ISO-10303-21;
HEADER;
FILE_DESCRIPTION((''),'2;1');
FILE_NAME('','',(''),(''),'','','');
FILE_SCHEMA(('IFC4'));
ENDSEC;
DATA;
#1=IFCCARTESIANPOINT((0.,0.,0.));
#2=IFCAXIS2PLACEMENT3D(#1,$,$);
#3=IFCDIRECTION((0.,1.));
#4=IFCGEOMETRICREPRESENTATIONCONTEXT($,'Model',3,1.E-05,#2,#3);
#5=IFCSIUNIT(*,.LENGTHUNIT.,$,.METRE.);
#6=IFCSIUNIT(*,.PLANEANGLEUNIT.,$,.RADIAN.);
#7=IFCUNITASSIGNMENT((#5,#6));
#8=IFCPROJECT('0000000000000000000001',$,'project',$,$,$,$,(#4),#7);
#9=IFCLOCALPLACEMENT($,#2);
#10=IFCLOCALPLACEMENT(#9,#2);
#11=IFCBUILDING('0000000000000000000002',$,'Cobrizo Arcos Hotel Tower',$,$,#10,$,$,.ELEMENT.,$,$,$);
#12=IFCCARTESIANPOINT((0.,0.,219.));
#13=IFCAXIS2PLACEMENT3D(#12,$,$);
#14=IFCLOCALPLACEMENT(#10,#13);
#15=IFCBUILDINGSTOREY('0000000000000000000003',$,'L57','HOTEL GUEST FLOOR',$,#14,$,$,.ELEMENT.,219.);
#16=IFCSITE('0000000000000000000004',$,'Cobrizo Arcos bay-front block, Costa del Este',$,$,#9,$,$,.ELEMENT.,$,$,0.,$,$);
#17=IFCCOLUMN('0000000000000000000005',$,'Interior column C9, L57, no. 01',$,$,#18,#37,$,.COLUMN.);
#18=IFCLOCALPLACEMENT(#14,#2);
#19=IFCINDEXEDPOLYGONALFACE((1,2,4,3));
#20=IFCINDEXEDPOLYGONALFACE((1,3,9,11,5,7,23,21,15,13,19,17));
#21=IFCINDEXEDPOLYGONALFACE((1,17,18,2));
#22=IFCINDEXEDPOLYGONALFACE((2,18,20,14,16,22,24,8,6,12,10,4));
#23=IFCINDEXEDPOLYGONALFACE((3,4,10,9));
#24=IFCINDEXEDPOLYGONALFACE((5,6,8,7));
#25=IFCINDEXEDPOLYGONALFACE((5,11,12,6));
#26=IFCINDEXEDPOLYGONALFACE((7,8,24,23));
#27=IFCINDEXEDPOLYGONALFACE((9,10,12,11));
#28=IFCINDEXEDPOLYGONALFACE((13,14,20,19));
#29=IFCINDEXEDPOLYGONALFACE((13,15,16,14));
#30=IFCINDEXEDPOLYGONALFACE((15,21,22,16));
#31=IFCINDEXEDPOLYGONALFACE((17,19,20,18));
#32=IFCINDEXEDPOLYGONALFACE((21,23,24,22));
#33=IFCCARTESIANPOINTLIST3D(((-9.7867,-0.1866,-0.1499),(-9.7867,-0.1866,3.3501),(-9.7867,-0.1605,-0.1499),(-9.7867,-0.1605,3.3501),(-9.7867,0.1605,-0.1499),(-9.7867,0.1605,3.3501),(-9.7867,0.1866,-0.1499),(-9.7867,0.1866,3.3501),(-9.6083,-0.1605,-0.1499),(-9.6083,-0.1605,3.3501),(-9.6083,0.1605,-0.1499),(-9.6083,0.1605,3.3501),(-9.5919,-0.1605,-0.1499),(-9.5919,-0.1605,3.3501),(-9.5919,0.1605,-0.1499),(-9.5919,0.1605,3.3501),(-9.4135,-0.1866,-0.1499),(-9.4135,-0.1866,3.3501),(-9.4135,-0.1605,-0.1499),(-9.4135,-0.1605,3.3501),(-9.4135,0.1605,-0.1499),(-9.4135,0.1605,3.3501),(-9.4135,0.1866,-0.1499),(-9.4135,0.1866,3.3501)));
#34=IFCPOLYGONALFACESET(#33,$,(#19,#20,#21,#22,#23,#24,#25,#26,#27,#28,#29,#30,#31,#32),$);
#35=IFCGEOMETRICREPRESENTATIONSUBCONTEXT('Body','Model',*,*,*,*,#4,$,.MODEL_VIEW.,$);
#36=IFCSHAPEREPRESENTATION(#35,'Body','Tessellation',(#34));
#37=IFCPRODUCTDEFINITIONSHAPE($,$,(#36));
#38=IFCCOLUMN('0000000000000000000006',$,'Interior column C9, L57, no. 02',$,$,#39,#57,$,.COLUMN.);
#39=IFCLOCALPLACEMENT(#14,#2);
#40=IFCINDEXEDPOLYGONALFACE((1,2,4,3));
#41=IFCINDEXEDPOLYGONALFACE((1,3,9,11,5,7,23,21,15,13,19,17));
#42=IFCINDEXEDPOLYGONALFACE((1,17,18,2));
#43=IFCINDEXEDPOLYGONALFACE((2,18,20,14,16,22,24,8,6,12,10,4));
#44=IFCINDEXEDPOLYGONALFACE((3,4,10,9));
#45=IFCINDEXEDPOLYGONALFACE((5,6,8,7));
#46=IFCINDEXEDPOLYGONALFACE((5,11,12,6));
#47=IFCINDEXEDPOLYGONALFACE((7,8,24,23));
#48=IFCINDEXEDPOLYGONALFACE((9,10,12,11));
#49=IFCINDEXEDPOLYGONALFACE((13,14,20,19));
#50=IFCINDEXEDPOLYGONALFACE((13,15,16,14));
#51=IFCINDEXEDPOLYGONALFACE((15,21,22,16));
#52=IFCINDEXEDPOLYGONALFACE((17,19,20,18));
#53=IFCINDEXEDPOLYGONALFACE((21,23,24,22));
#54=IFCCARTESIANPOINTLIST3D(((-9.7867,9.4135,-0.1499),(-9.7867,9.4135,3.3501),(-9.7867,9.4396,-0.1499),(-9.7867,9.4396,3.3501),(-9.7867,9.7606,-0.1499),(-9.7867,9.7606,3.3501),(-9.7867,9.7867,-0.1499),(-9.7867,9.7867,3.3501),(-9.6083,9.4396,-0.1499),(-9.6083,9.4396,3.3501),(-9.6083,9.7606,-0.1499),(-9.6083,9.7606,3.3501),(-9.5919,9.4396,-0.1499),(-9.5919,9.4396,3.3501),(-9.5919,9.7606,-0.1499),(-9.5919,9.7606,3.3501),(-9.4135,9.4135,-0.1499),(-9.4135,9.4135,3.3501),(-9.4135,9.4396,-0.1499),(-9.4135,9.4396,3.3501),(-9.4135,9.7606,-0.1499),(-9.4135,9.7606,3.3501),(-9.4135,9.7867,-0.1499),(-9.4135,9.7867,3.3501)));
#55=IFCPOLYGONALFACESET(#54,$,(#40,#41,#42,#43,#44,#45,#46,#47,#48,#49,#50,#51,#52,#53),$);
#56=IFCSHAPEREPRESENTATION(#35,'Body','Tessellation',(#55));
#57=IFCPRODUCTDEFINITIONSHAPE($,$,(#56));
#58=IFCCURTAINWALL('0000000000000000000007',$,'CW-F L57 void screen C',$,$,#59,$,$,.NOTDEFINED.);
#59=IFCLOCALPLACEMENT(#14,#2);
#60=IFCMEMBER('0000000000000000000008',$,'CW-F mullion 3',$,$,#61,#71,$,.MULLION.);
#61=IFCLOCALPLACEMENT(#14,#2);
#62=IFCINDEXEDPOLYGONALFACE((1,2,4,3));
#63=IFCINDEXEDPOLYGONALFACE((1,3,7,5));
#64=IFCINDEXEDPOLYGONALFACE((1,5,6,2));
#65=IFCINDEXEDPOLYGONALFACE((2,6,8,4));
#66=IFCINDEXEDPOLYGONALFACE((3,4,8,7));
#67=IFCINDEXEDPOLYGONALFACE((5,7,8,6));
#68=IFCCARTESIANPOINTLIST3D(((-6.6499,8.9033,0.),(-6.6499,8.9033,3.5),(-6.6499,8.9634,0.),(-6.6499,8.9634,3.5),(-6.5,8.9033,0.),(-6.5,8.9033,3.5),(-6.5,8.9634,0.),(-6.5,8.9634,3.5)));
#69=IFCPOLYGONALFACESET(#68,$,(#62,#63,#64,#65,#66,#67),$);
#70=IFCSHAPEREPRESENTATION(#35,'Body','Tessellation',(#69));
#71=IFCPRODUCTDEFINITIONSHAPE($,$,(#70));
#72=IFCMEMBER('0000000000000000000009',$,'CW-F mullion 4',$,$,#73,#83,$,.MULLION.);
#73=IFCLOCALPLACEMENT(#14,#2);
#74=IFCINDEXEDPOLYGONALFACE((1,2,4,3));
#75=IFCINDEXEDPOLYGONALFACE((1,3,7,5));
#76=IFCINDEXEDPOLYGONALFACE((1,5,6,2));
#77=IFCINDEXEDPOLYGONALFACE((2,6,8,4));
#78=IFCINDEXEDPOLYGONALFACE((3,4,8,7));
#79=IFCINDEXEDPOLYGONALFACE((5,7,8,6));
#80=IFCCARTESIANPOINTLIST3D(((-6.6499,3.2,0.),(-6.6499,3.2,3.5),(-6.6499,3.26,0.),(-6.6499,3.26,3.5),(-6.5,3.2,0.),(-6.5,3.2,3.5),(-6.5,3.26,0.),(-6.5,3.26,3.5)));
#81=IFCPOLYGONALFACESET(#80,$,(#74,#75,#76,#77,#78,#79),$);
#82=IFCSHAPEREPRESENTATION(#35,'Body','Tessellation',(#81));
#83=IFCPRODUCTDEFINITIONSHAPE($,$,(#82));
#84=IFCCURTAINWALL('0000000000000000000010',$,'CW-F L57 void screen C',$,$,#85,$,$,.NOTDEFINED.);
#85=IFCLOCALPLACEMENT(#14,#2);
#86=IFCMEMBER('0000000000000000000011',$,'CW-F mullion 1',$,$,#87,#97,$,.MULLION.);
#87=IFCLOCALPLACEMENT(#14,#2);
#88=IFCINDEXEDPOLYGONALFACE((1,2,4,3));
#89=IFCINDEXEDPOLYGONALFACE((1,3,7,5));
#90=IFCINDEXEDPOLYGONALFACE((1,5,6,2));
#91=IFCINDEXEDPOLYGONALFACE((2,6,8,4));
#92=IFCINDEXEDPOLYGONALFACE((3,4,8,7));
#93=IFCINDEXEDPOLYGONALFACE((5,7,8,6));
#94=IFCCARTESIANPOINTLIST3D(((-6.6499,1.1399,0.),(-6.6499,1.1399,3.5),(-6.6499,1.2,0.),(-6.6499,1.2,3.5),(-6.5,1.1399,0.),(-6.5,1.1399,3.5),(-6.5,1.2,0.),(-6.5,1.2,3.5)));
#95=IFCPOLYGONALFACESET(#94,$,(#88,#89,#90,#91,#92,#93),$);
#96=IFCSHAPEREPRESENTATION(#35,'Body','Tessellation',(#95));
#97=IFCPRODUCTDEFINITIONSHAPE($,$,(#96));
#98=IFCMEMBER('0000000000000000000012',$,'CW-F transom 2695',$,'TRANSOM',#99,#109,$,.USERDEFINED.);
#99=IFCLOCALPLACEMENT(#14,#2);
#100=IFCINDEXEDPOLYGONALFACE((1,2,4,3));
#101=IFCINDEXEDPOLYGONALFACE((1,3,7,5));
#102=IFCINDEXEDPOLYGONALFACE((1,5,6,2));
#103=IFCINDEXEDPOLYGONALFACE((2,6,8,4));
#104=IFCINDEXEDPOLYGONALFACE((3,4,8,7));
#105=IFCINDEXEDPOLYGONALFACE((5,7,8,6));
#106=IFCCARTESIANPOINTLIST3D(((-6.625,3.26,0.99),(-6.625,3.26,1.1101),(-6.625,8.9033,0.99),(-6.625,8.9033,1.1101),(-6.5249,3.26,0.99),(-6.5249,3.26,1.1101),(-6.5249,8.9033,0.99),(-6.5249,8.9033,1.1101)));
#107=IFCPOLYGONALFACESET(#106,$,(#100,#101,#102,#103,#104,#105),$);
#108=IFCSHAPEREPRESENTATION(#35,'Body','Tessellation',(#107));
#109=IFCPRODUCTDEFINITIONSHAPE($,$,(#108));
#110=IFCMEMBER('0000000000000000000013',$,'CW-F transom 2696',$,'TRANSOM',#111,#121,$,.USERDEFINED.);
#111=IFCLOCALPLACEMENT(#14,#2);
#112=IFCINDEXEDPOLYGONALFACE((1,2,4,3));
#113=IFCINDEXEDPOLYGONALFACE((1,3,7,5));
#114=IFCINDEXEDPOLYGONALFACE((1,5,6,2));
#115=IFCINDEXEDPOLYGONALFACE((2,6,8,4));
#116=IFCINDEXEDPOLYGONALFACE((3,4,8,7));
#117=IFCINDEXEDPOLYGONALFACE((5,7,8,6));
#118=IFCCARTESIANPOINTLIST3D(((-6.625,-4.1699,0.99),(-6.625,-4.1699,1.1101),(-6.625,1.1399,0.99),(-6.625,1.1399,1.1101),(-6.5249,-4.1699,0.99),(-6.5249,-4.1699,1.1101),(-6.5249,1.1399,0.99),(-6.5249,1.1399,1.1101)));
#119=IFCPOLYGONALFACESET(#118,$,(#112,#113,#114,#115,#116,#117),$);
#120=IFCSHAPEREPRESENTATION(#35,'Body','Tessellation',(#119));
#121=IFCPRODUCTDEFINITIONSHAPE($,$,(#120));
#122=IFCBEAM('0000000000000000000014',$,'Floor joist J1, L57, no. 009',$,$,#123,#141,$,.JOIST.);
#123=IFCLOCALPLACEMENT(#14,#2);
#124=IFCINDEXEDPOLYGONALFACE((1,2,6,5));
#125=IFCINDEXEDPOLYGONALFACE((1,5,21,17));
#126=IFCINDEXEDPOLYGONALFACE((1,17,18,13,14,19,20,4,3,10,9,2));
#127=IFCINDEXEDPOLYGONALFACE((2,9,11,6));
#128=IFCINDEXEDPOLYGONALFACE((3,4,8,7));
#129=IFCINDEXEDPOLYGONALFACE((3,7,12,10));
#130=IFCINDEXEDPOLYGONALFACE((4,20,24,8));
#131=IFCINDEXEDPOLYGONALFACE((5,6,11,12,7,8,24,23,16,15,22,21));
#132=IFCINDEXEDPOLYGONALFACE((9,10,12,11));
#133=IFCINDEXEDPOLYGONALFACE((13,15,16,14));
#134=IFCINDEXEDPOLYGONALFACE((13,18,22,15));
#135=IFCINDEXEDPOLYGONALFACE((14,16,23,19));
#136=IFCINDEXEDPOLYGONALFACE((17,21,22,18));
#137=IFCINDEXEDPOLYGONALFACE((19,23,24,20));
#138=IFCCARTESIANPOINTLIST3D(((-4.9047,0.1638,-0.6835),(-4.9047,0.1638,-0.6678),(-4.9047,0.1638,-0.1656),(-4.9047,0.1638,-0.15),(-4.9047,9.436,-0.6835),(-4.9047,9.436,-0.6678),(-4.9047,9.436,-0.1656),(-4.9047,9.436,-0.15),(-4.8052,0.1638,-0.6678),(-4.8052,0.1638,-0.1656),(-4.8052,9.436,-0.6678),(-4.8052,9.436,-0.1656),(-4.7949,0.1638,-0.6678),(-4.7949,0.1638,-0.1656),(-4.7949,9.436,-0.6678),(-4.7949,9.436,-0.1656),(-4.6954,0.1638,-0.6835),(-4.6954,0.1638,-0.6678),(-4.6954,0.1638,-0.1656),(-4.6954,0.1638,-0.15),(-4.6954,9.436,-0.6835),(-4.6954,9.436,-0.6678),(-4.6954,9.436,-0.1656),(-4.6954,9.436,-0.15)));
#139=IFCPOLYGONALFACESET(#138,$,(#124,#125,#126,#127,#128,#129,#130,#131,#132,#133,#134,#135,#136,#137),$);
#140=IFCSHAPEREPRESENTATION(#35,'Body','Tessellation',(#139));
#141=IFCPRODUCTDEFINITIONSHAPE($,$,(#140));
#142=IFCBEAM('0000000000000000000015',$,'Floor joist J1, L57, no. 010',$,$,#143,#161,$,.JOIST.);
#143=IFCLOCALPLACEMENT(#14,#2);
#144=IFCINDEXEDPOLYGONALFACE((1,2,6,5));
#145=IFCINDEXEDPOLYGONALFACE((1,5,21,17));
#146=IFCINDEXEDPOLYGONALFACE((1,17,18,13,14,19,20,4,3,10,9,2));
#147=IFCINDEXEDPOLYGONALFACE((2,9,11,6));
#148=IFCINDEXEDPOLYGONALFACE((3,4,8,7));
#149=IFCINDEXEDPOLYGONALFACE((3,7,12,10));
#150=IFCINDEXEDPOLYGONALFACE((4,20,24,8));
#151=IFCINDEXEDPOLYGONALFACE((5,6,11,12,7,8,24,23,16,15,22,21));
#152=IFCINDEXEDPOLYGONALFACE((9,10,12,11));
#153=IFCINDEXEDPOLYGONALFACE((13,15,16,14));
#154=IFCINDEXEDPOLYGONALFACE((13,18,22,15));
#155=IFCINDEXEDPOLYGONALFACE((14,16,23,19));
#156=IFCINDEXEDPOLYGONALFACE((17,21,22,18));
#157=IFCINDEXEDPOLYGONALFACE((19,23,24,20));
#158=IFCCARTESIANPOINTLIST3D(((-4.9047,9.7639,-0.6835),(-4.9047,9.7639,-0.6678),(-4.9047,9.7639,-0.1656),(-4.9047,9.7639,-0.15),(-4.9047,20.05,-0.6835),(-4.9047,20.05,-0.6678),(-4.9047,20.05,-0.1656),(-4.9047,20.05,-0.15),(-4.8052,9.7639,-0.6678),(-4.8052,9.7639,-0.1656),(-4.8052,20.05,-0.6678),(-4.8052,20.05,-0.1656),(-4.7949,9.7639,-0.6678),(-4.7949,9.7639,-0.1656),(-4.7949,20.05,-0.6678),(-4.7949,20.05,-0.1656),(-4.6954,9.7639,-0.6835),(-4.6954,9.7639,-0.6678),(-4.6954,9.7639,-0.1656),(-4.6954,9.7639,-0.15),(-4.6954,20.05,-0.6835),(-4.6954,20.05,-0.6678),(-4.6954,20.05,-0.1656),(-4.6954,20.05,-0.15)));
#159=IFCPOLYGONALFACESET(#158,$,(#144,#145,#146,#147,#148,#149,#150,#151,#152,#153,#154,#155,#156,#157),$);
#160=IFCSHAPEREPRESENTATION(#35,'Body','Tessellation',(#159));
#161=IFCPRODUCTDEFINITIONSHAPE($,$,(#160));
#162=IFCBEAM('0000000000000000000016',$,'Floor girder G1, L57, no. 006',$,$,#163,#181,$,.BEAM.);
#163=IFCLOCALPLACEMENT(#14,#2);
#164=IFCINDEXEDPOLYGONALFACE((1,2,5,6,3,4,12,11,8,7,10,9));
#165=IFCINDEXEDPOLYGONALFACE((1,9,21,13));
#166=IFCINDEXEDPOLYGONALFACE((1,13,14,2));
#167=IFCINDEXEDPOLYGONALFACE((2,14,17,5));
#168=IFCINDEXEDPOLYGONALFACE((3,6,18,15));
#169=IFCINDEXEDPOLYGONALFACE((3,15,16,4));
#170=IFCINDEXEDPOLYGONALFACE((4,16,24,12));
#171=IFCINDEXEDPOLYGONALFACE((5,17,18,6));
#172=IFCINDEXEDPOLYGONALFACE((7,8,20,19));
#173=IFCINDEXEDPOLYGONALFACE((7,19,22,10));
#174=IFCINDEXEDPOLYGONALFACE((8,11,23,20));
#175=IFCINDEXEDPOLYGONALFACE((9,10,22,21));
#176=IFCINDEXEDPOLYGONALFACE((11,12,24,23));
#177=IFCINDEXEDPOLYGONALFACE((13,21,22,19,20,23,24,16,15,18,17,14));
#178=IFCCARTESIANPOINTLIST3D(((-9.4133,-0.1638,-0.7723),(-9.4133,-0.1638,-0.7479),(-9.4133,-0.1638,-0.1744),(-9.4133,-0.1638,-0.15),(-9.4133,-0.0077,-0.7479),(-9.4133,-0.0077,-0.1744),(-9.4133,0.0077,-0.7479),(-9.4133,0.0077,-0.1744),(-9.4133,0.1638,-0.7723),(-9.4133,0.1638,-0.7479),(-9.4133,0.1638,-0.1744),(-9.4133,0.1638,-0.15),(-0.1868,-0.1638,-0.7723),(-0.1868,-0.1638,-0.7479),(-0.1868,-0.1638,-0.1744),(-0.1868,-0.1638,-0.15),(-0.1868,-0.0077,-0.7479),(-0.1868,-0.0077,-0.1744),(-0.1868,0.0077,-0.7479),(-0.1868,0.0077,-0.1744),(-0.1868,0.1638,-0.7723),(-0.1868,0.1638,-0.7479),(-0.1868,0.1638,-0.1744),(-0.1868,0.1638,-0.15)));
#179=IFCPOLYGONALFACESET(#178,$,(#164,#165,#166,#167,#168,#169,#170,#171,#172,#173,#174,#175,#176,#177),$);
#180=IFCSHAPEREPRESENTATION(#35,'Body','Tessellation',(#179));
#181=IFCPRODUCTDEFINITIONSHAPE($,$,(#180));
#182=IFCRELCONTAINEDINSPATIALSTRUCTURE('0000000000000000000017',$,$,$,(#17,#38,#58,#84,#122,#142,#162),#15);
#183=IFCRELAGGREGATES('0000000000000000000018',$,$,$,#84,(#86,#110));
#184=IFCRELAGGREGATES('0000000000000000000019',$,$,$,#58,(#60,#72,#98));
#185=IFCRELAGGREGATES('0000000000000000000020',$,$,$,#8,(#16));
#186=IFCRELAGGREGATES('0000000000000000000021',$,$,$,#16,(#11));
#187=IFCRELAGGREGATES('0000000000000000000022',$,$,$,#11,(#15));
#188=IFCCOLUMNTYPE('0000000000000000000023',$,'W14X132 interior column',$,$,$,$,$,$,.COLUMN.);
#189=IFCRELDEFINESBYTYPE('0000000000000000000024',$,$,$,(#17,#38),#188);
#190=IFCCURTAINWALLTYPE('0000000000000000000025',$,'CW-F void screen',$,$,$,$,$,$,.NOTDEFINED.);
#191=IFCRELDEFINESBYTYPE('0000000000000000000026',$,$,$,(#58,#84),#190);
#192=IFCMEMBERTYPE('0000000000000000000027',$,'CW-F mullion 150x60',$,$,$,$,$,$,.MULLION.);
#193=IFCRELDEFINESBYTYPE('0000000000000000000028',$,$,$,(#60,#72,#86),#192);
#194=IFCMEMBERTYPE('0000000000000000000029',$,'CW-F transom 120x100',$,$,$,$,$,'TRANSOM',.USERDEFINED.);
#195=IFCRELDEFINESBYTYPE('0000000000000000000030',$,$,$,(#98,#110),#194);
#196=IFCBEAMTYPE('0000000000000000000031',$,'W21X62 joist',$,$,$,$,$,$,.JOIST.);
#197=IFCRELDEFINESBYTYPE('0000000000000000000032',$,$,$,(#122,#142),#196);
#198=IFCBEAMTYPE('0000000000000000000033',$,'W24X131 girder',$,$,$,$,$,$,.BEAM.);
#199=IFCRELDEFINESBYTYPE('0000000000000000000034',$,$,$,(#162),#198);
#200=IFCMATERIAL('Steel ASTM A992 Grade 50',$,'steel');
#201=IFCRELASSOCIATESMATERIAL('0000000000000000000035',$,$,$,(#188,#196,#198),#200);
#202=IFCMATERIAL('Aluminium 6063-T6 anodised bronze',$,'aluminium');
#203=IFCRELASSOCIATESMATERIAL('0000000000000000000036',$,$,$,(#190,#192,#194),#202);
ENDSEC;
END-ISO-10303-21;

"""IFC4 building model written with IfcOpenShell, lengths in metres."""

from ifc_helpers import new_model, si_unit, direction, frame, origin, origin_2d, place, context, subcontext, project, spatial, rectangle, i_section, extrude, material, material_profile, profile_set, type_object, element, aggregate, save


model = new_model("IFC4")

# Units and contexts
model_context = context("Model", 3, precision=1e-05, world=origin(), true_north=direction((0.0, 1.0)))
body_context = subcontext(model_context, "Body", "Model", "MODEL_VIEW")
ifc_project = project(units=[si_unit("LENGTHUNIT", "METRE"), si_unit("PLANEANGLEUNIT", "RADIAN")], contexts=[model_context])

# Site, building, storey
site_placement = place(None, origin())
site = spatial("IfcSite", under=ifc_project, at=site_placement, Name="Cobrizo Arcos bay-front block, Costa del Este", CompositionType="ELEMENT", RefElevation=0.0)
building_placement = place(site_placement, origin())
building = spatial("IfcBuilding", under=site, at=building_placement, Name="Cobrizo Arcos Hotel Tower", CompositionType="ELEMENT")
storey_placement = place(building_placement, frame((0.0, 0.0, 219.0)))
storey = spatial("IfcBuildingStorey", under=building, at=storey_placement, Name="L57", Description="HOTEL GUEST FLOOR", CompositionType="ELEMENT", Elevation=219.0)

# Columns
ifc_material_1 = material(Name="Steel ASTM A992 Grade 50", Category="steel")
ifc_material_profile_1 = material_profile(ifc_material_1, i_section(OverallWidth=0.3733, OverallDepth=0.3733, WebThickness=0.0164, FlangeThickness=0.0261, at=origin_2d()), Name="W14X132")
ifc_profile_set_1 = profile_set([ifc_material_profile_1], Name="Steel ASTM A992 Grade 50")
column_type = type_object("IfcColumnType", Name="W14X132 interior column", PredefinedType="COLUMN", material=ifc_profile_set_1)
for number, where, z_axis, x_axis, name in (
    (1, (-9.6001, 0.0, -0.1499), (0.0, 0.0, 1.0), (1.0, 0.0, 0.0), "Interior column C9, L57, no. 01"),
    (2, (-9.6001, 9.6001, -0.1499), (0.0, 0.0, 1.0), (1.0, 0.0, 0.0), "Interior column C9, L57, no. 02"),
):
    element("IfcColumn", number, at=place(storey_placement, frame(where, z_axis=z_axis, x_axis=x_axis)), inside=storey, type_object=column_type, Name=name, PredefinedType="COLUMN", context=body_context, shape_type="SweptSolid", body=[
        extrude(i_section(OverallWidth=0.3733, OverallDepth=0.3733, WebThickness=0.0164, FlangeThickness=0.0261, at=origin_2d()), origin(), (0.0, 0.0, 1.0), 3.5),
    ])

# Curtain wall, members
ifc_material_2 = material(Name="Aluminium 6063-T6 anodised bronze", Category="aluminium")
curtain_wall_type = type_object("IfcCurtainWallType", Name="CW-F void screen", PredefinedType="NOTDEFINED", material=ifc_material_2)
curtain_wall_1_placement = place(storey_placement, origin())
curtain_wall_1 = element("IfcCurtainWall", 3, at=curtain_wall_1_placement, inside=storey, type_object=curtain_wall_type, Name="CW-F L57 void screen C", PredefinedType="NOTDEFINED")
ifc_material_profile_2 = material_profile(ifc_material_2, rectangle(XDim=0.1499, YDim=0.0601, at=origin_2d()), Name="CW-F mullion 150x60")
ifc_profile_set_2 = profile_set([ifc_material_profile_2], Name="Aluminium 6063-T6 anodised bronze")
member_type_1 = type_object("IfcMemberType", Name="CW-F mullion 150x60", PredefinedType="MULLION", material=ifc_profile_set_2)
member_1_placement = place(storey_placement, frame((-6.575, 8.9333, 0.0), z_axis=(0.0, 0.0, 1.0), x_axis=(-1.0, 0.0, 0.0)))
member_1 = element("IfcMember", 4, at=member_1_placement, type_object=member_type_1, Name="CW-F mullion 3", PredefinedType="MULLION", context=body_context, shape_type="SweptSolid", body=[
    extrude(rectangle(XDim=0.1499, YDim=0.0601, at=origin_2d()), origin(), (0.0, 0.0, 1.0), 3.5),
])
member_2_placement = place(storey_placement, frame((-6.575, 3.23, 0.0), z_axis=(0.0, 0.0, 1.0), x_axis=(-1.0, 0.0, 0.0)))
member_2 = element("IfcMember", 5, at=member_2_placement, type_object=member_type_1, Name="CW-F mullion 4", PredefinedType="MULLION", context=body_context, shape_type="SweptSolid", body=[
    extrude(rectangle(XDim=0.1499, YDim=0.0601, at=origin_2d()), origin(), (0.0, 0.0, 1.0), 3.5),
])

# Curtain wall, member
curtain_wall_2_placement = place(storey_placement, origin())
curtain_wall_2 = element("IfcCurtainWall", 6, at=curtain_wall_2_placement, inside=storey, type_object=curtain_wall_type, Name="CW-F L57 void screen C", PredefinedType="NOTDEFINED")
member_3_placement = place(storey_placement, frame((-6.575, 1.1699, 0.0), z_axis=(0.0, 0.0, 1.0), x_axis=(-1.0, 0.0, 0.0)))
member_3 = element("IfcMember", 7, at=member_3_placement, type_object=member_type_1, Name="CW-F mullion 1", PredefinedType="MULLION", context=body_context, shape_type="SweptSolid", body=[
    extrude(rectangle(XDim=0.1499, YDim=0.0601, at=origin_2d()), origin(), (0.0, 0.0, 1.0), 3.5),
])

# Members
ifc_material_profile_3 = material_profile(ifc_material_2, rectangle(XDim=0.1001, YDim=0.1201, at=origin_2d()), Name="CW-F transom 120x100")
ifc_profile_set_3 = profile_set([ifc_material_profile_3], Name="Aluminium 6063-T6 anodised bronze")
member_type_2 = type_object("IfcMemberType", Name="CW-F transom 120x100", ElementType="TRANSOM", PredefinedType="USERDEFINED", material=ifc_profile_set_3)
member_4_placement = place(storey_placement, frame((-6.575, 8.9033, 1.05), z_axis=(0.0, -1.0, 0.0), x_axis=(1.0, 0.0, 0.0)))
member_4 = element("IfcMember", 8, at=member_4_placement, type_object=member_type_2, Name="CW-F transom 2695", ObjectType="TRANSOM", PredefinedType="USERDEFINED", context=body_context, shape_type="SweptSolid", body=[
    extrude(rectangle(XDim=0.1001, YDim=0.1201, at=origin_2d()), origin(), (0.0, 0.0, 1.0), 5.6433),
])
member_5_placement = place(storey_placement, frame((-6.575, 1.1399, 1.05), z_axis=(0.0, -1.0, 0.0), x_axis=(1.0, 0.0, 0.0)))
member_5 = element("IfcMember", 9, at=member_5_placement, type_object=member_type_2, Name="CW-F transom 2696", ObjectType="TRANSOM", PredefinedType="USERDEFINED", context=body_context, shape_type="SweptSolid", body=[
    extrude(rectangle(XDim=0.1001, YDim=0.1201, at=origin_2d()), origin(), (0.0, 0.0, 1.0), 5.3098),
])
aggregate(curtain_wall_2, [member_3, member_5])

# Beams
ifc_material_profile_4 = material_profile(ifc_material_1, i_section(OverallWidth=0.2092, OverallDepth=0.5334, WebThickness=0.0103, FlangeThickness=0.0156, at=origin_2d()), Name="W21X62")
ifc_profile_set_4 = profile_set([ifc_material_profile_4], Name="Steel ASTM A992 Grade 50")
beam_type_1 = type_object("IfcBeamType", Name="W21X62 joist", PredefinedType="JOIST", material=ifc_profile_set_4)
beam_1_placement = place(storey_placement, frame((-4.8, 0.1638, -0.4167), z_axis=(0.0, 1.0, 0.0), x_axis=(-1.0, 0.0, 0.0)))
element("IfcBeam", 10, at=beam_1_placement, inside=storey, type_object=beam_type_1, Name="Floor joist J1, L57, no. 009", PredefinedType="JOIST", context=body_context, shape_type="SweptSolid", body=[
    extrude(i_section(OverallWidth=0.2092, OverallDepth=0.5334, WebThickness=0.0103, FlangeThickness=0.0156, at=origin_2d()), origin(), (0.0, 0.0, 1.0), 9.2722),
])
beam_2_placement = place(storey_placement, frame((-4.8, 9.7639, -0.4167), z_axis=(0.0, 1.0, 0.0), x_axis=(-1.0, 0.0, 0.0)))
element("IfcBeam", 11, at=beam_2_placement, inside=storey, type_object=beam_type_1, Name="Floor joist J1, L57, no. 010", PredefinedType="JOIST", context=body_context, shape_type="SweptSolid", body=[
    extrude(i_section(OverallWidth=0.2092, OverallDepth=0.5334, WebThickness=0.0103, FlangeThickness=0.0156, at=origin_2d()), origin(), (0.0, 0.0, 1.0), 10.2861),
])
ifc_material_profile_5 = material_profile(ifc_material_1, i_section(OverallWidth=0.3276, OverallDepth=0.6223, WebThickness=0.0154, FlangeThickness=0.0244, at=origin_2d()), Name="W24X131")
ifc_profile_set_5 = profile_set([ifc_material_profile_5], Name="Steel ASTM A992 Grade 50")
beam_type_2 = type_object("IfcBeamType", Name="W24X131 girder", PredefinedType="BEAM", material=ifc_profile_set_5)
for number, where, z_axis, x_axis, name in (
    (12, (-9.4133, 0.0, -0.4612), (1.0, 0.0, 0.0), (0.0, 1.0, 0.0), "Floor girder G1, L57, no. 006"),
):
    element("IfcBeam", number, at=place(storey_placement, frame(where, z_axis=z_axis, x_axis=x_axis)), inside=storey, type_object=beam_type_2, Name=name, PredefinedType="BEAM", context=body_context, shape_type="SweptSolid", body=[
        extrude(i_section(OverallWidth=0.3276, OverallDepth=0.6223, WebThickness=0.0154, FlangeThickness=0.0244, at=origin_2d()), origin(), (0.0, 0.0, 1.0), 9.2266),
    ])

aggregate(curtain_wall_1, [member_1, member_2, member_4])

save(model, "model.ifc")
